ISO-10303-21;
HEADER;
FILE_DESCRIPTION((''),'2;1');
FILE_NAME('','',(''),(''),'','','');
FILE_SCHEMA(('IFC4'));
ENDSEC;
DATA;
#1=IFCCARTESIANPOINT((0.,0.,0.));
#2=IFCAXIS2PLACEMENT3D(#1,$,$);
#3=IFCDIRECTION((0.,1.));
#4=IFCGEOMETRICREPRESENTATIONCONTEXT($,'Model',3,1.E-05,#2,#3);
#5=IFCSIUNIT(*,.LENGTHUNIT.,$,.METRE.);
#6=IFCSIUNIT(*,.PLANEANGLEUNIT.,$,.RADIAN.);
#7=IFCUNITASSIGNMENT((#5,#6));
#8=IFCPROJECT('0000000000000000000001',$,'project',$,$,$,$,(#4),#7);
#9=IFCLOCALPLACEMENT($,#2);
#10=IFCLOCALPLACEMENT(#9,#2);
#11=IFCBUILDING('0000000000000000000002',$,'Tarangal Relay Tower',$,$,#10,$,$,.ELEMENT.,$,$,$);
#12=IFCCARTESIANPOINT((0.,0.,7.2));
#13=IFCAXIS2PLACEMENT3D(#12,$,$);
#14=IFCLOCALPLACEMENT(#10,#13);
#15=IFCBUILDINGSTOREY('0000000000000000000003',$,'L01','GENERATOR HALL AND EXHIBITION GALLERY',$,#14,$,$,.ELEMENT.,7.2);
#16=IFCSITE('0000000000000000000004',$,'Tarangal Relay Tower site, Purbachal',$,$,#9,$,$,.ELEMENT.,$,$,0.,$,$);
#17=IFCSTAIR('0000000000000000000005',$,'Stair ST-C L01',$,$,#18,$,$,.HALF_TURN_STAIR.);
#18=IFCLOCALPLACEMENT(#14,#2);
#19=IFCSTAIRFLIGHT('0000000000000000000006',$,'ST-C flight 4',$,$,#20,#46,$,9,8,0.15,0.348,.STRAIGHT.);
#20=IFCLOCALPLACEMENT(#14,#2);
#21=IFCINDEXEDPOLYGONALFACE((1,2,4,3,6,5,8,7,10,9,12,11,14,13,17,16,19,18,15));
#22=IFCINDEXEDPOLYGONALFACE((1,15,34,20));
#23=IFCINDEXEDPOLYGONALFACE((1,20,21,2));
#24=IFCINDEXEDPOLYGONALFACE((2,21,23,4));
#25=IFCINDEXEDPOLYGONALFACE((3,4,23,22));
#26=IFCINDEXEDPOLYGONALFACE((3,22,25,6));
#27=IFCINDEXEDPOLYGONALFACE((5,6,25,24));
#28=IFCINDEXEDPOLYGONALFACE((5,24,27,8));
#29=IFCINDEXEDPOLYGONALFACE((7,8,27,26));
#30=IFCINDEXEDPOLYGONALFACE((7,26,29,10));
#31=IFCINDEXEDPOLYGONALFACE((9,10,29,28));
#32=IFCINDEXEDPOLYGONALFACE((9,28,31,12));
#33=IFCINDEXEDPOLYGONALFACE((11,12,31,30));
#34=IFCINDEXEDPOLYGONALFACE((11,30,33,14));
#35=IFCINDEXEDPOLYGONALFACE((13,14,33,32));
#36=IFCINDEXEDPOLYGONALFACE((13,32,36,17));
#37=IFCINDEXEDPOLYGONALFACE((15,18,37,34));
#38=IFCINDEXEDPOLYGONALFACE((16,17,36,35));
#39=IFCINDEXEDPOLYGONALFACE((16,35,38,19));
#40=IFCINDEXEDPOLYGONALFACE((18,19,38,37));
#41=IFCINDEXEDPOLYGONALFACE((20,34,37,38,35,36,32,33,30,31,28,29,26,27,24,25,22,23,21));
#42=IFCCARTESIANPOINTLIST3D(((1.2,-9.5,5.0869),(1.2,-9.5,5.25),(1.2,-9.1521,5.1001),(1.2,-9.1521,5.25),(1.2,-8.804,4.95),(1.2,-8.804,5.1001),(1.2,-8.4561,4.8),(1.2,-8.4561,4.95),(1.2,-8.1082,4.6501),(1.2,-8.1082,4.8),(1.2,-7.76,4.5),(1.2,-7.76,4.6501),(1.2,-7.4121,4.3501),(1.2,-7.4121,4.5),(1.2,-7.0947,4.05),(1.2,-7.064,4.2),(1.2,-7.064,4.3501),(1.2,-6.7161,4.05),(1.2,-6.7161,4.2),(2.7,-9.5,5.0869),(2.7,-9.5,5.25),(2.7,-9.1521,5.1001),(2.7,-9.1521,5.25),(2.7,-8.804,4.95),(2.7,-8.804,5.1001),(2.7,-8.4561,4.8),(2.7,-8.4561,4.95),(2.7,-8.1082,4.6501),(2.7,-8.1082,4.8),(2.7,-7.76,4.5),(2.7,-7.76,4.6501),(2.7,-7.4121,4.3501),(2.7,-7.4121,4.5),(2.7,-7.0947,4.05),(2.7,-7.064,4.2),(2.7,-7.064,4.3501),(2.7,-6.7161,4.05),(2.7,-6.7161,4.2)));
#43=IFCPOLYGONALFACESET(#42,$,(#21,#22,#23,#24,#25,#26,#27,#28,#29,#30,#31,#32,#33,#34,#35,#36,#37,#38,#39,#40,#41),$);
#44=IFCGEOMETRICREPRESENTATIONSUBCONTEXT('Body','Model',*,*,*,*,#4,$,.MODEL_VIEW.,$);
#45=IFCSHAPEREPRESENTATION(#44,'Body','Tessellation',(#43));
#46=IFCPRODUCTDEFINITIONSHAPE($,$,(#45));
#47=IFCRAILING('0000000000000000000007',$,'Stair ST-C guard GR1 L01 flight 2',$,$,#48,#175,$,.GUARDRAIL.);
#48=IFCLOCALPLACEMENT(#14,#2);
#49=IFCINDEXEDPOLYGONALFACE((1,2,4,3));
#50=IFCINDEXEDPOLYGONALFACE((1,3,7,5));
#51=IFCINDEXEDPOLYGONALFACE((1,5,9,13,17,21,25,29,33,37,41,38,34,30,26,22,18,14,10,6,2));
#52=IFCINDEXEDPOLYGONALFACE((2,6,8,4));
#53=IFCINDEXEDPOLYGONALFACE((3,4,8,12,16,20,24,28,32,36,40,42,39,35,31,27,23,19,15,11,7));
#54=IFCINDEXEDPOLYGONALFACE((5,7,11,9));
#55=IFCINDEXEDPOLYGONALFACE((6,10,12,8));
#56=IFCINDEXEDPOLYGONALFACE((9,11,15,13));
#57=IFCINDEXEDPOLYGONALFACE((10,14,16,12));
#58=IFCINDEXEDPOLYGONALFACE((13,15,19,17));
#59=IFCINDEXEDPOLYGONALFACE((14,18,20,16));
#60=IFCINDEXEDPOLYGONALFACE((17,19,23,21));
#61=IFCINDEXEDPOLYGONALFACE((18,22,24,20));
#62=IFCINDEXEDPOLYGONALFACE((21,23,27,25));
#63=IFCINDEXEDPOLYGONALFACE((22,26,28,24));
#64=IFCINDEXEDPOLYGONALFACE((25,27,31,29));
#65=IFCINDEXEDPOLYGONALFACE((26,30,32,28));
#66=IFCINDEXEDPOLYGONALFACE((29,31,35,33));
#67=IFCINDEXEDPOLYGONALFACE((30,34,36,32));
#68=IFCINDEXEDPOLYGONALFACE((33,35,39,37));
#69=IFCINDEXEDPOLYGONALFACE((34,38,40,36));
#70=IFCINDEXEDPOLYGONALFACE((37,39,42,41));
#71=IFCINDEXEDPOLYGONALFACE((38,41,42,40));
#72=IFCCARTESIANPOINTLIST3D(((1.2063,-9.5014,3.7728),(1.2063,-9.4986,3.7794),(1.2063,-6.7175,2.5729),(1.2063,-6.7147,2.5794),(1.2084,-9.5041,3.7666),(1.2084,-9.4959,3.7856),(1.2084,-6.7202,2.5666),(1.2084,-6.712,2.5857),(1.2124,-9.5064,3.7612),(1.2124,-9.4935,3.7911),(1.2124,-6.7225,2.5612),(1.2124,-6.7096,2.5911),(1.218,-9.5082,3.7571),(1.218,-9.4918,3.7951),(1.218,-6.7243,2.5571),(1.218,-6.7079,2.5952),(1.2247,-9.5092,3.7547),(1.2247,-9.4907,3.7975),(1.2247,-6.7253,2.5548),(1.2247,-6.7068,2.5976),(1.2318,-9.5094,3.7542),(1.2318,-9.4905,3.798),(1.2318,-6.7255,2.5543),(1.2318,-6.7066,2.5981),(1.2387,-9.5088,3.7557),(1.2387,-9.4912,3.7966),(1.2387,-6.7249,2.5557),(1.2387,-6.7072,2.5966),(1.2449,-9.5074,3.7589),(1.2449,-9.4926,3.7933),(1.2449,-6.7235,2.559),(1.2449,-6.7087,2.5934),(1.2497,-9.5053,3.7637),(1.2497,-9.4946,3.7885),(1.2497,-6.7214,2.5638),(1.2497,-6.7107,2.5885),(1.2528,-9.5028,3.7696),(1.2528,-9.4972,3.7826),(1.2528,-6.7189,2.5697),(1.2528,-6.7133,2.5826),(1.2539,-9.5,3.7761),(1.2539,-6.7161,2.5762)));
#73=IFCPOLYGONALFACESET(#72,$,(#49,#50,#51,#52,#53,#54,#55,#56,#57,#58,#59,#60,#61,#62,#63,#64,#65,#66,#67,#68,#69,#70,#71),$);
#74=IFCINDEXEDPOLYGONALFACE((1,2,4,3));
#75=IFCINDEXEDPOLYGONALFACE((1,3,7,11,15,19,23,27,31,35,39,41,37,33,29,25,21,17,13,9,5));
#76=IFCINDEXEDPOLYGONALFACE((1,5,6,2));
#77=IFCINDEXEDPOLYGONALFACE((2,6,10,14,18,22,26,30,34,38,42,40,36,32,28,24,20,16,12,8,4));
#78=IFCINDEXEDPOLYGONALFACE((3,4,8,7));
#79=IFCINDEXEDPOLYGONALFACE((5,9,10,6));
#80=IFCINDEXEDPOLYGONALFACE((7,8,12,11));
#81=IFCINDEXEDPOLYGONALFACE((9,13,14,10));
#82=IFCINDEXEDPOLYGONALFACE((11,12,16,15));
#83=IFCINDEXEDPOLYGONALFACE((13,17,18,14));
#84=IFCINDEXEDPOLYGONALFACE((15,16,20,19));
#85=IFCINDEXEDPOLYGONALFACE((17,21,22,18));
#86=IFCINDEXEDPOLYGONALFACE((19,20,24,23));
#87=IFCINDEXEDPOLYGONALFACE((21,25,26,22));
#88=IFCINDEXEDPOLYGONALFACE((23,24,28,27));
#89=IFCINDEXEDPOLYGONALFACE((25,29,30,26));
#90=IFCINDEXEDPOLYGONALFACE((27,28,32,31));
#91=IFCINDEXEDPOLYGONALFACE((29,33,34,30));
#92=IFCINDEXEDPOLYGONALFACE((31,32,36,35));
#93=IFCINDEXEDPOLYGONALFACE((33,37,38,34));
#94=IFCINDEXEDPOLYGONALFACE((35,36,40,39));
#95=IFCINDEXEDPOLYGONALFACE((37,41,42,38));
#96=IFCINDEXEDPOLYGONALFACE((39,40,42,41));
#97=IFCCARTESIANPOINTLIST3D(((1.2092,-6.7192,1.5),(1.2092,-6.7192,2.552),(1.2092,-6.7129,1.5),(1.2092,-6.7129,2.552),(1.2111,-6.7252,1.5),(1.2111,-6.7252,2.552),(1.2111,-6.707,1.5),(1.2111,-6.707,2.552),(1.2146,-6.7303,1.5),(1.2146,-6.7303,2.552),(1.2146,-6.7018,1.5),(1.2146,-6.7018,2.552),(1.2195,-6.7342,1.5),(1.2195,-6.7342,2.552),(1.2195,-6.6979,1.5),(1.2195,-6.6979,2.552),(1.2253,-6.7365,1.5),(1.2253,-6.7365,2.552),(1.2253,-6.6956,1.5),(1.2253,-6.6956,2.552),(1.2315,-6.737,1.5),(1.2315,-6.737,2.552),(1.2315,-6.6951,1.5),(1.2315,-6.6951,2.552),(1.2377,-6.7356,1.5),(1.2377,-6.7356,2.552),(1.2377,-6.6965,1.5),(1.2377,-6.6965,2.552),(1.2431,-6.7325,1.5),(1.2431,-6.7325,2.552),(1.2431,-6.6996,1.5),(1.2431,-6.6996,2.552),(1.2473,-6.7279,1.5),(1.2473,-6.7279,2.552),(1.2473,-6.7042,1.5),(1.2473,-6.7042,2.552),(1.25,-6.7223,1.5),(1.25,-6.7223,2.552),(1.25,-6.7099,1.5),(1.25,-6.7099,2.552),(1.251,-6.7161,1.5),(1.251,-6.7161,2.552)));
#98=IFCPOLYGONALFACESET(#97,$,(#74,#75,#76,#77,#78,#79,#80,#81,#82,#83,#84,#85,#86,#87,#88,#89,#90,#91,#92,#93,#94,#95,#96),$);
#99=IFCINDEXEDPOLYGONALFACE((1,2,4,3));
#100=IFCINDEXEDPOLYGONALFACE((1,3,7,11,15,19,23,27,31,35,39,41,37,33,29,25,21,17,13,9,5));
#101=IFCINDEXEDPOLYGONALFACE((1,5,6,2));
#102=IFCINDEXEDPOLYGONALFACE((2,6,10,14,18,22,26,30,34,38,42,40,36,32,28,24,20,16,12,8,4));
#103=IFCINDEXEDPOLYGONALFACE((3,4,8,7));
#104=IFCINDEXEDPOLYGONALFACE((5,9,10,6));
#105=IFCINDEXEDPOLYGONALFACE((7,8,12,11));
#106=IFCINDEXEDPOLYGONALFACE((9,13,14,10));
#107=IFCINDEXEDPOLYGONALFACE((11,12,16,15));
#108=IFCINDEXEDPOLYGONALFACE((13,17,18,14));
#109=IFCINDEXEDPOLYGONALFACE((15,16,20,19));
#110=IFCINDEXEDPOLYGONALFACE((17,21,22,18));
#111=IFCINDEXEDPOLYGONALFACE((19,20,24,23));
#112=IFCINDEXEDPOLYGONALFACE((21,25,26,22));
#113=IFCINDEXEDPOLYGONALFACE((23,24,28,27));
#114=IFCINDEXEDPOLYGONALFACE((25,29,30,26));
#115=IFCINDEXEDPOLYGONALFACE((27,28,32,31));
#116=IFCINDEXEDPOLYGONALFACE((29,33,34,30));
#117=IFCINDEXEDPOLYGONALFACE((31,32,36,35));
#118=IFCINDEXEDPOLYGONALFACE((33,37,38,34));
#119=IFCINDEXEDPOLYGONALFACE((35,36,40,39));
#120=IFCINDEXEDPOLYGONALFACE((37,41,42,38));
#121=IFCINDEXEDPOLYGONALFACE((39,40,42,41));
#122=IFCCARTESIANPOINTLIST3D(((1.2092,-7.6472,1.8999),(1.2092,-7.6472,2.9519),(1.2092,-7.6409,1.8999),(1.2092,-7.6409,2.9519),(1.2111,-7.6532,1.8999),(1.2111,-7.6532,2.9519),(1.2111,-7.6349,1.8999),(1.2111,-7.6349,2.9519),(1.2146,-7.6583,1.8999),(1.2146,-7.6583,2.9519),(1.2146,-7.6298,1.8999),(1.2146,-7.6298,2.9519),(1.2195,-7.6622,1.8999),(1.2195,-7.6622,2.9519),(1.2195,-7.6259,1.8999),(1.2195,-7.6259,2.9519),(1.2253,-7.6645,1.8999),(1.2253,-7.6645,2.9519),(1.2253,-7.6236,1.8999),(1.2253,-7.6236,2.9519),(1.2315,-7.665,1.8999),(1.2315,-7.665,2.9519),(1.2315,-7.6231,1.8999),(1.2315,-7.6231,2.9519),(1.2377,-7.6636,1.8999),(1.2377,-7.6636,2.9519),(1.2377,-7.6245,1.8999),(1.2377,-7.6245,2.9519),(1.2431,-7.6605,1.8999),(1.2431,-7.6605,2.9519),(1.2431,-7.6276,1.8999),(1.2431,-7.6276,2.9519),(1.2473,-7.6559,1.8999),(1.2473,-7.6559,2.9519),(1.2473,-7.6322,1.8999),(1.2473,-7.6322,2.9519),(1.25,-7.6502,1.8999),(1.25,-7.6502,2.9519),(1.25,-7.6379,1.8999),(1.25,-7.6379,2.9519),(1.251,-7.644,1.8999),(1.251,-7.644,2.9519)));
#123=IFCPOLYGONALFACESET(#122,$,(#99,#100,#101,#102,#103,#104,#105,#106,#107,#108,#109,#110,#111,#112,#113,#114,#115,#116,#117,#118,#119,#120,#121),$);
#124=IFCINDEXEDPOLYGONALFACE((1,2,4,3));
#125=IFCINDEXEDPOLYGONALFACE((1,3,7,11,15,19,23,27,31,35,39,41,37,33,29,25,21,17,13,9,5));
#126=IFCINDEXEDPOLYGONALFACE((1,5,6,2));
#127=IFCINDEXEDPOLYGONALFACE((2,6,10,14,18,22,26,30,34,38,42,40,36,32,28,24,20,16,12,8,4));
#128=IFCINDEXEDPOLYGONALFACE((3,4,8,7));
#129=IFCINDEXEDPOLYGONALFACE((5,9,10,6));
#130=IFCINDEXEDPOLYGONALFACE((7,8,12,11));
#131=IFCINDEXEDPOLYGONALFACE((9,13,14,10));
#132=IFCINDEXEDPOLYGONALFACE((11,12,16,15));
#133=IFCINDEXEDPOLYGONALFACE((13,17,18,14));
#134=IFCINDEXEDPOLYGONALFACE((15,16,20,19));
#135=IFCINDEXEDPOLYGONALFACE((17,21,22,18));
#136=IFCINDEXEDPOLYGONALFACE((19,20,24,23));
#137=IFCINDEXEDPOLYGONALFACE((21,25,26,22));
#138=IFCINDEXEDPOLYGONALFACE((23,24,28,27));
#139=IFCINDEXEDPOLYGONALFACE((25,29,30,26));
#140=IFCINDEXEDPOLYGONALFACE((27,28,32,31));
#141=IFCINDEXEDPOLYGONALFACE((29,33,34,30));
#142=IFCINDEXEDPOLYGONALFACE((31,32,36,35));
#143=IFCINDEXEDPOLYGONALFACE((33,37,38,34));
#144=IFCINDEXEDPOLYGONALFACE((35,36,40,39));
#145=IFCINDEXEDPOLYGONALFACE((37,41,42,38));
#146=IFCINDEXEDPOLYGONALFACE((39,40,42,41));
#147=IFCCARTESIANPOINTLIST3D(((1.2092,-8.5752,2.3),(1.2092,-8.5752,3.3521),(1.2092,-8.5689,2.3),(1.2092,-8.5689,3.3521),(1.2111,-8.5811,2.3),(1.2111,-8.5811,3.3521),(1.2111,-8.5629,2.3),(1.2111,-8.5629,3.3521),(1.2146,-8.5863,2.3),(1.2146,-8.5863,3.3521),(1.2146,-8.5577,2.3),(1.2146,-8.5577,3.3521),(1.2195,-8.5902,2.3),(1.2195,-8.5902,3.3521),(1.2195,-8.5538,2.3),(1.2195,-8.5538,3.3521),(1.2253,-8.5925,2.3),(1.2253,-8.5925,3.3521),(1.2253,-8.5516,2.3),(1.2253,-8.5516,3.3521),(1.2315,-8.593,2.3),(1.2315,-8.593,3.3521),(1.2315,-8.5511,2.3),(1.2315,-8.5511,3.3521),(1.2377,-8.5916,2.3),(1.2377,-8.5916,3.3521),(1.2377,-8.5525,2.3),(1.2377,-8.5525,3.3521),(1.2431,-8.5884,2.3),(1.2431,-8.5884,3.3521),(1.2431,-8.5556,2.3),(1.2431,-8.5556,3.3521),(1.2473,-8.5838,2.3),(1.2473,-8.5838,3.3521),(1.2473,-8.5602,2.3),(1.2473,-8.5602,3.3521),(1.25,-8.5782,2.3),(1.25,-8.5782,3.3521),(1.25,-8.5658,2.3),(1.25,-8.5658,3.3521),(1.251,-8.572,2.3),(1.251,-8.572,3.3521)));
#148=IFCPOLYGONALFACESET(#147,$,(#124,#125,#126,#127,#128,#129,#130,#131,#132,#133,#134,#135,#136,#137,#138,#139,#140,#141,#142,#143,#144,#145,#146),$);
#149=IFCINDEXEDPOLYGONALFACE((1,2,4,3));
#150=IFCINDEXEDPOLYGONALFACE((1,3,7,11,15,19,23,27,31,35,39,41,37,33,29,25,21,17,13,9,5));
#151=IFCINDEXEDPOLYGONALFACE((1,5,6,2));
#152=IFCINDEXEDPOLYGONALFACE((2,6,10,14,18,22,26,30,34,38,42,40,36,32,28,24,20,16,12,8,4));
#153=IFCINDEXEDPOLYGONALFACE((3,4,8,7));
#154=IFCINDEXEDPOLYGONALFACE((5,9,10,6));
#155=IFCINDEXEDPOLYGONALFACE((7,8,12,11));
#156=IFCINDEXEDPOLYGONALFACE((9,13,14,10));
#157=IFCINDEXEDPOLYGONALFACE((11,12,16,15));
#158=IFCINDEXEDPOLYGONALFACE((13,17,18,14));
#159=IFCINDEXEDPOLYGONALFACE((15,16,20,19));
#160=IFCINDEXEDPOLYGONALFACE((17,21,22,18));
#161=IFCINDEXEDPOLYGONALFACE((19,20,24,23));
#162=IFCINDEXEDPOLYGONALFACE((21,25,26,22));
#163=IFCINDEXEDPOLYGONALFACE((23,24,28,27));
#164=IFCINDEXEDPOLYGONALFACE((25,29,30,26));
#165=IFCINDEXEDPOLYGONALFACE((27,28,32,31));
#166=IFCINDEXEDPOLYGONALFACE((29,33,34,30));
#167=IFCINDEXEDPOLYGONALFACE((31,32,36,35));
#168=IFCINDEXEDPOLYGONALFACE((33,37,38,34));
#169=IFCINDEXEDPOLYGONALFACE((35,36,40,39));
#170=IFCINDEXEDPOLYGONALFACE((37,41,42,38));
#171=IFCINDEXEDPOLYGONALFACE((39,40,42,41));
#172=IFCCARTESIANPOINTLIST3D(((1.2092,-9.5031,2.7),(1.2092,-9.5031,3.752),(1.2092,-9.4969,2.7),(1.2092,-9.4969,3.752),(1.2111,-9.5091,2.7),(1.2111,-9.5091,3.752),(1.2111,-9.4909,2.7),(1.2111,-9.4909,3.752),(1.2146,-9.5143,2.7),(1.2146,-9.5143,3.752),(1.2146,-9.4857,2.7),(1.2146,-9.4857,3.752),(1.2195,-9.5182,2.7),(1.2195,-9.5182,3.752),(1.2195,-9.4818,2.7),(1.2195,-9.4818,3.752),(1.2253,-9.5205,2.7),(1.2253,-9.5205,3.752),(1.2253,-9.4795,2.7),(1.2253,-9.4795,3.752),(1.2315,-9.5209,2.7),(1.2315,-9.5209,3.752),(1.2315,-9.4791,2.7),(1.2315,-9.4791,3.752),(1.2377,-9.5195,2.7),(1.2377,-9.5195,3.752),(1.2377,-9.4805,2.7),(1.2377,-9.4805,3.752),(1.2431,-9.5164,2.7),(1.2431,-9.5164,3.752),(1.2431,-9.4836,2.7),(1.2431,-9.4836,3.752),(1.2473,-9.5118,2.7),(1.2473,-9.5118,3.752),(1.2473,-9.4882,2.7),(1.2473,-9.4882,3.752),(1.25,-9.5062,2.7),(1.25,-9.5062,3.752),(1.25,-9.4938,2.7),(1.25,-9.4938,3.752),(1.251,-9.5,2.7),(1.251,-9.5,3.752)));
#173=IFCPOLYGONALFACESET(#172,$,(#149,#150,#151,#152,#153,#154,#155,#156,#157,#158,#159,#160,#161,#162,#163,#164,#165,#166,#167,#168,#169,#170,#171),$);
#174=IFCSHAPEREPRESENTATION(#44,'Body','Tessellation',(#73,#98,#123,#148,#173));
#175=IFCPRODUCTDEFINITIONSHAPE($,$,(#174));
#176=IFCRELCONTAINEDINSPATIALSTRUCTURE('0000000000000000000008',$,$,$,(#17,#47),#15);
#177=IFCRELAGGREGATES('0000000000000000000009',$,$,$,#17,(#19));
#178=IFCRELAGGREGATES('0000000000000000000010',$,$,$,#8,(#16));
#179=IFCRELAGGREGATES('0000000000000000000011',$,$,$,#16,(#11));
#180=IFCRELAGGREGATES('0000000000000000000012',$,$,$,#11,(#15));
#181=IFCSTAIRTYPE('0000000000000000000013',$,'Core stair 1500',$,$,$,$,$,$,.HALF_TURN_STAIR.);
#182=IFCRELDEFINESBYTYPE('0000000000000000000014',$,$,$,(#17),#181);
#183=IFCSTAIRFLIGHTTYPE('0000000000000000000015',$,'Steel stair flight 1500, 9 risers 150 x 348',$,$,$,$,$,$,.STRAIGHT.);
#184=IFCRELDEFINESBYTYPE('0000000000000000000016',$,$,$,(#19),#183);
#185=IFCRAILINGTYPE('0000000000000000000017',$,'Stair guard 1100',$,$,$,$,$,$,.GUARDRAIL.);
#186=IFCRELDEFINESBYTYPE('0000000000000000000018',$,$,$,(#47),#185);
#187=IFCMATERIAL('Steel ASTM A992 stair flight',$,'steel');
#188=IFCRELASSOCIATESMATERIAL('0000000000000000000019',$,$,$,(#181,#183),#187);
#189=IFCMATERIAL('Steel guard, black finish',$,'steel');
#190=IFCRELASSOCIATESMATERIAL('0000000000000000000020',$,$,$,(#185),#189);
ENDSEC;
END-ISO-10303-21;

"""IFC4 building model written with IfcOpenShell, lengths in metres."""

from ifc_helpers import new_model, si_unit, direction, frame, origin, origin_2d, place, context, subcontext, project, spatial, polyline, circle, outline, extrude, material, type_object, element, aggregate, save


model = new_model("IFC4")

# Units and contexts
model_context = context("Model", 3, precision=1e-05, world=origin(), true_north=direction((0.0, 1.0)))
body_context = subcontext(model_context, "Body", "Model", "MODEL_VIEW")
ifc_project = project(units=[si_unit("LENGTHUNIT", "METRE"), si_unit("PLANEANGLEUNIT", "RADIAN")], contexts=[model_context])

# Site, building, storey
site_placement = place(None, origin())
site = spatial("IfcSite", under=ifc_project, at=site_placement, Name="Tarangal Relay Tower site, Purbachal", CompositionType="ELEMENT", RefElevation=0.0)
building_placement = place(site_placement, origin())
building = spatial("IfcBuilding", under=site, at=building_placement, Name="Tarangal Relay Tower", CompositionType="ELEMENT")
storey_placement = place(building_placement, frame((0.0, 0.0, 7.2)))
storey = spatial("IfcBuildingStorey", under=building, at=storey_placement, Name="L01", Description="GENERATOR HALL AND EXHIBITION GALLERY", CompositionType="ELEMENT", Elevation=7.2)

# Shared definitions
ifc_material_1 = material(Name="Steel ASTM A992 stair flight", Category="steel")
stair_type = type_object("IfcStairType", Name="Core stair 1500", PredefinedType="HALF_TURN_STAIR", material=ifc_material_1)

# Stair
stair_1_placement = place(storey_placement, origin())
stair_1 = element("IfcStair", 1, at=stair_1_placement, inside=storey, type_object=stair_type, Name="Stair ST-C L01", PredefinedType="HALF_TURN_STAIR")

# Stair flight
stair_flight_type = type_object("IfcStairFlightType", Name="Steel stair flight 1500, 9 risers 150 x 348", PredefinedType="STRAIGHT", material=ifc_material_1)
stair_flight_1_placement = place(storey_placement, frame((1.95, -6.7161, 4.05), z_axis=(0.0, 0.0, 1.0), x_axis=(0.0, -1.0, 0.0)))
stair_flight_1 = element("IfcStairFlight", 2, at=stair_flight_1_placement, type_object=stair_flight_type, Name="ST-C flight 4", NumberOfRisers=9, NumberOfTreads=8, PredefinedType="STRAIGHT", RiserHeight=0.15, TreadLength=0.348, context=body_context, shape_type="SweptSolid", body=[
    extrude(outline(polyline([(0.0, 0.0), (0.0, 0.1499), (0.3479, 0.1499), (0.3479, 0.3), (0.696, 0.3), (0.696, 0.45), (1.0439, 0.45), (1.0439, 0.6001), (1.3921, 0.6001), (1.3921, 0.75), (1.74, 0.75), (1.74, 0.8999), (2.0879, 0.8999), (2.0879, 1.05), (2.436, 1.05), (2.436, 1.2), (2.7839, 1.2), (2.7839, 1.3501), (2.7839, 1.0369), (0.3787, 0.0), (0.0, 0.0)])), frame((0.0, 0.75, 0.0), z_axis=(0.0, -1.0, 0.0), x_axis=(1.0, 0.0, 0.0)), (0.0, 0.0, 1.0), 1.5),
])
aggregate(stair_1, [stair_flight_1])

# Railing
ifc_material_2 = material(Name="Steel guard, black finish", Category="steel")
railing_type_1 = type_object("IfcRailingType", Name="Stair guard 1100", PredefinedType="GUARDRAIL", material=ifc_material_2)
railing_1_placement = place(storey_placement, frame((1.23, -6.7161, 1.5)))
element("IfcRailing", 3, at=railing_1_placement, inside=storey, type_object=railing_type_1, Name="Stair ST-C guard GR1 L01 flight 2", PredefinedType="GUARDRAIL", context=body_context, shape_type="SweptSolid", body=[
    extrude(circle(Radius=0.0239, at=origin_2d()), frame((0.0, 0.0, 1.0762), z_axis=(0.0, -0.918327, 0.395823), x_axis=(1.0, 0.0, 0.0)), (0.0, 0.0, 1.0), 3.0315),
    extrude(circle(Radius=0.021, at=origin_2d()), origin(), (0.0, 0.0, 1.0), 1.052),
    extrude(circle(Radius=0.021, at=origin_2d()), frame((0.0, -0.928, 0.3999)), (0.0, 0.0, 1.0), 1.052),
    extrude(circle(Radius=0.021, at=origin_2d()), frame((0.0, -1.856, 0.8)), (0.0, 0.0, 1.0), 1.052),
    extrude(circle(Radius=0.021, at=origin_2d()), frame((0.0, -2.7839, 1.2)), (0.0, 0.0, 1.0), 1.052),
])

save(model, "model.ifc")
